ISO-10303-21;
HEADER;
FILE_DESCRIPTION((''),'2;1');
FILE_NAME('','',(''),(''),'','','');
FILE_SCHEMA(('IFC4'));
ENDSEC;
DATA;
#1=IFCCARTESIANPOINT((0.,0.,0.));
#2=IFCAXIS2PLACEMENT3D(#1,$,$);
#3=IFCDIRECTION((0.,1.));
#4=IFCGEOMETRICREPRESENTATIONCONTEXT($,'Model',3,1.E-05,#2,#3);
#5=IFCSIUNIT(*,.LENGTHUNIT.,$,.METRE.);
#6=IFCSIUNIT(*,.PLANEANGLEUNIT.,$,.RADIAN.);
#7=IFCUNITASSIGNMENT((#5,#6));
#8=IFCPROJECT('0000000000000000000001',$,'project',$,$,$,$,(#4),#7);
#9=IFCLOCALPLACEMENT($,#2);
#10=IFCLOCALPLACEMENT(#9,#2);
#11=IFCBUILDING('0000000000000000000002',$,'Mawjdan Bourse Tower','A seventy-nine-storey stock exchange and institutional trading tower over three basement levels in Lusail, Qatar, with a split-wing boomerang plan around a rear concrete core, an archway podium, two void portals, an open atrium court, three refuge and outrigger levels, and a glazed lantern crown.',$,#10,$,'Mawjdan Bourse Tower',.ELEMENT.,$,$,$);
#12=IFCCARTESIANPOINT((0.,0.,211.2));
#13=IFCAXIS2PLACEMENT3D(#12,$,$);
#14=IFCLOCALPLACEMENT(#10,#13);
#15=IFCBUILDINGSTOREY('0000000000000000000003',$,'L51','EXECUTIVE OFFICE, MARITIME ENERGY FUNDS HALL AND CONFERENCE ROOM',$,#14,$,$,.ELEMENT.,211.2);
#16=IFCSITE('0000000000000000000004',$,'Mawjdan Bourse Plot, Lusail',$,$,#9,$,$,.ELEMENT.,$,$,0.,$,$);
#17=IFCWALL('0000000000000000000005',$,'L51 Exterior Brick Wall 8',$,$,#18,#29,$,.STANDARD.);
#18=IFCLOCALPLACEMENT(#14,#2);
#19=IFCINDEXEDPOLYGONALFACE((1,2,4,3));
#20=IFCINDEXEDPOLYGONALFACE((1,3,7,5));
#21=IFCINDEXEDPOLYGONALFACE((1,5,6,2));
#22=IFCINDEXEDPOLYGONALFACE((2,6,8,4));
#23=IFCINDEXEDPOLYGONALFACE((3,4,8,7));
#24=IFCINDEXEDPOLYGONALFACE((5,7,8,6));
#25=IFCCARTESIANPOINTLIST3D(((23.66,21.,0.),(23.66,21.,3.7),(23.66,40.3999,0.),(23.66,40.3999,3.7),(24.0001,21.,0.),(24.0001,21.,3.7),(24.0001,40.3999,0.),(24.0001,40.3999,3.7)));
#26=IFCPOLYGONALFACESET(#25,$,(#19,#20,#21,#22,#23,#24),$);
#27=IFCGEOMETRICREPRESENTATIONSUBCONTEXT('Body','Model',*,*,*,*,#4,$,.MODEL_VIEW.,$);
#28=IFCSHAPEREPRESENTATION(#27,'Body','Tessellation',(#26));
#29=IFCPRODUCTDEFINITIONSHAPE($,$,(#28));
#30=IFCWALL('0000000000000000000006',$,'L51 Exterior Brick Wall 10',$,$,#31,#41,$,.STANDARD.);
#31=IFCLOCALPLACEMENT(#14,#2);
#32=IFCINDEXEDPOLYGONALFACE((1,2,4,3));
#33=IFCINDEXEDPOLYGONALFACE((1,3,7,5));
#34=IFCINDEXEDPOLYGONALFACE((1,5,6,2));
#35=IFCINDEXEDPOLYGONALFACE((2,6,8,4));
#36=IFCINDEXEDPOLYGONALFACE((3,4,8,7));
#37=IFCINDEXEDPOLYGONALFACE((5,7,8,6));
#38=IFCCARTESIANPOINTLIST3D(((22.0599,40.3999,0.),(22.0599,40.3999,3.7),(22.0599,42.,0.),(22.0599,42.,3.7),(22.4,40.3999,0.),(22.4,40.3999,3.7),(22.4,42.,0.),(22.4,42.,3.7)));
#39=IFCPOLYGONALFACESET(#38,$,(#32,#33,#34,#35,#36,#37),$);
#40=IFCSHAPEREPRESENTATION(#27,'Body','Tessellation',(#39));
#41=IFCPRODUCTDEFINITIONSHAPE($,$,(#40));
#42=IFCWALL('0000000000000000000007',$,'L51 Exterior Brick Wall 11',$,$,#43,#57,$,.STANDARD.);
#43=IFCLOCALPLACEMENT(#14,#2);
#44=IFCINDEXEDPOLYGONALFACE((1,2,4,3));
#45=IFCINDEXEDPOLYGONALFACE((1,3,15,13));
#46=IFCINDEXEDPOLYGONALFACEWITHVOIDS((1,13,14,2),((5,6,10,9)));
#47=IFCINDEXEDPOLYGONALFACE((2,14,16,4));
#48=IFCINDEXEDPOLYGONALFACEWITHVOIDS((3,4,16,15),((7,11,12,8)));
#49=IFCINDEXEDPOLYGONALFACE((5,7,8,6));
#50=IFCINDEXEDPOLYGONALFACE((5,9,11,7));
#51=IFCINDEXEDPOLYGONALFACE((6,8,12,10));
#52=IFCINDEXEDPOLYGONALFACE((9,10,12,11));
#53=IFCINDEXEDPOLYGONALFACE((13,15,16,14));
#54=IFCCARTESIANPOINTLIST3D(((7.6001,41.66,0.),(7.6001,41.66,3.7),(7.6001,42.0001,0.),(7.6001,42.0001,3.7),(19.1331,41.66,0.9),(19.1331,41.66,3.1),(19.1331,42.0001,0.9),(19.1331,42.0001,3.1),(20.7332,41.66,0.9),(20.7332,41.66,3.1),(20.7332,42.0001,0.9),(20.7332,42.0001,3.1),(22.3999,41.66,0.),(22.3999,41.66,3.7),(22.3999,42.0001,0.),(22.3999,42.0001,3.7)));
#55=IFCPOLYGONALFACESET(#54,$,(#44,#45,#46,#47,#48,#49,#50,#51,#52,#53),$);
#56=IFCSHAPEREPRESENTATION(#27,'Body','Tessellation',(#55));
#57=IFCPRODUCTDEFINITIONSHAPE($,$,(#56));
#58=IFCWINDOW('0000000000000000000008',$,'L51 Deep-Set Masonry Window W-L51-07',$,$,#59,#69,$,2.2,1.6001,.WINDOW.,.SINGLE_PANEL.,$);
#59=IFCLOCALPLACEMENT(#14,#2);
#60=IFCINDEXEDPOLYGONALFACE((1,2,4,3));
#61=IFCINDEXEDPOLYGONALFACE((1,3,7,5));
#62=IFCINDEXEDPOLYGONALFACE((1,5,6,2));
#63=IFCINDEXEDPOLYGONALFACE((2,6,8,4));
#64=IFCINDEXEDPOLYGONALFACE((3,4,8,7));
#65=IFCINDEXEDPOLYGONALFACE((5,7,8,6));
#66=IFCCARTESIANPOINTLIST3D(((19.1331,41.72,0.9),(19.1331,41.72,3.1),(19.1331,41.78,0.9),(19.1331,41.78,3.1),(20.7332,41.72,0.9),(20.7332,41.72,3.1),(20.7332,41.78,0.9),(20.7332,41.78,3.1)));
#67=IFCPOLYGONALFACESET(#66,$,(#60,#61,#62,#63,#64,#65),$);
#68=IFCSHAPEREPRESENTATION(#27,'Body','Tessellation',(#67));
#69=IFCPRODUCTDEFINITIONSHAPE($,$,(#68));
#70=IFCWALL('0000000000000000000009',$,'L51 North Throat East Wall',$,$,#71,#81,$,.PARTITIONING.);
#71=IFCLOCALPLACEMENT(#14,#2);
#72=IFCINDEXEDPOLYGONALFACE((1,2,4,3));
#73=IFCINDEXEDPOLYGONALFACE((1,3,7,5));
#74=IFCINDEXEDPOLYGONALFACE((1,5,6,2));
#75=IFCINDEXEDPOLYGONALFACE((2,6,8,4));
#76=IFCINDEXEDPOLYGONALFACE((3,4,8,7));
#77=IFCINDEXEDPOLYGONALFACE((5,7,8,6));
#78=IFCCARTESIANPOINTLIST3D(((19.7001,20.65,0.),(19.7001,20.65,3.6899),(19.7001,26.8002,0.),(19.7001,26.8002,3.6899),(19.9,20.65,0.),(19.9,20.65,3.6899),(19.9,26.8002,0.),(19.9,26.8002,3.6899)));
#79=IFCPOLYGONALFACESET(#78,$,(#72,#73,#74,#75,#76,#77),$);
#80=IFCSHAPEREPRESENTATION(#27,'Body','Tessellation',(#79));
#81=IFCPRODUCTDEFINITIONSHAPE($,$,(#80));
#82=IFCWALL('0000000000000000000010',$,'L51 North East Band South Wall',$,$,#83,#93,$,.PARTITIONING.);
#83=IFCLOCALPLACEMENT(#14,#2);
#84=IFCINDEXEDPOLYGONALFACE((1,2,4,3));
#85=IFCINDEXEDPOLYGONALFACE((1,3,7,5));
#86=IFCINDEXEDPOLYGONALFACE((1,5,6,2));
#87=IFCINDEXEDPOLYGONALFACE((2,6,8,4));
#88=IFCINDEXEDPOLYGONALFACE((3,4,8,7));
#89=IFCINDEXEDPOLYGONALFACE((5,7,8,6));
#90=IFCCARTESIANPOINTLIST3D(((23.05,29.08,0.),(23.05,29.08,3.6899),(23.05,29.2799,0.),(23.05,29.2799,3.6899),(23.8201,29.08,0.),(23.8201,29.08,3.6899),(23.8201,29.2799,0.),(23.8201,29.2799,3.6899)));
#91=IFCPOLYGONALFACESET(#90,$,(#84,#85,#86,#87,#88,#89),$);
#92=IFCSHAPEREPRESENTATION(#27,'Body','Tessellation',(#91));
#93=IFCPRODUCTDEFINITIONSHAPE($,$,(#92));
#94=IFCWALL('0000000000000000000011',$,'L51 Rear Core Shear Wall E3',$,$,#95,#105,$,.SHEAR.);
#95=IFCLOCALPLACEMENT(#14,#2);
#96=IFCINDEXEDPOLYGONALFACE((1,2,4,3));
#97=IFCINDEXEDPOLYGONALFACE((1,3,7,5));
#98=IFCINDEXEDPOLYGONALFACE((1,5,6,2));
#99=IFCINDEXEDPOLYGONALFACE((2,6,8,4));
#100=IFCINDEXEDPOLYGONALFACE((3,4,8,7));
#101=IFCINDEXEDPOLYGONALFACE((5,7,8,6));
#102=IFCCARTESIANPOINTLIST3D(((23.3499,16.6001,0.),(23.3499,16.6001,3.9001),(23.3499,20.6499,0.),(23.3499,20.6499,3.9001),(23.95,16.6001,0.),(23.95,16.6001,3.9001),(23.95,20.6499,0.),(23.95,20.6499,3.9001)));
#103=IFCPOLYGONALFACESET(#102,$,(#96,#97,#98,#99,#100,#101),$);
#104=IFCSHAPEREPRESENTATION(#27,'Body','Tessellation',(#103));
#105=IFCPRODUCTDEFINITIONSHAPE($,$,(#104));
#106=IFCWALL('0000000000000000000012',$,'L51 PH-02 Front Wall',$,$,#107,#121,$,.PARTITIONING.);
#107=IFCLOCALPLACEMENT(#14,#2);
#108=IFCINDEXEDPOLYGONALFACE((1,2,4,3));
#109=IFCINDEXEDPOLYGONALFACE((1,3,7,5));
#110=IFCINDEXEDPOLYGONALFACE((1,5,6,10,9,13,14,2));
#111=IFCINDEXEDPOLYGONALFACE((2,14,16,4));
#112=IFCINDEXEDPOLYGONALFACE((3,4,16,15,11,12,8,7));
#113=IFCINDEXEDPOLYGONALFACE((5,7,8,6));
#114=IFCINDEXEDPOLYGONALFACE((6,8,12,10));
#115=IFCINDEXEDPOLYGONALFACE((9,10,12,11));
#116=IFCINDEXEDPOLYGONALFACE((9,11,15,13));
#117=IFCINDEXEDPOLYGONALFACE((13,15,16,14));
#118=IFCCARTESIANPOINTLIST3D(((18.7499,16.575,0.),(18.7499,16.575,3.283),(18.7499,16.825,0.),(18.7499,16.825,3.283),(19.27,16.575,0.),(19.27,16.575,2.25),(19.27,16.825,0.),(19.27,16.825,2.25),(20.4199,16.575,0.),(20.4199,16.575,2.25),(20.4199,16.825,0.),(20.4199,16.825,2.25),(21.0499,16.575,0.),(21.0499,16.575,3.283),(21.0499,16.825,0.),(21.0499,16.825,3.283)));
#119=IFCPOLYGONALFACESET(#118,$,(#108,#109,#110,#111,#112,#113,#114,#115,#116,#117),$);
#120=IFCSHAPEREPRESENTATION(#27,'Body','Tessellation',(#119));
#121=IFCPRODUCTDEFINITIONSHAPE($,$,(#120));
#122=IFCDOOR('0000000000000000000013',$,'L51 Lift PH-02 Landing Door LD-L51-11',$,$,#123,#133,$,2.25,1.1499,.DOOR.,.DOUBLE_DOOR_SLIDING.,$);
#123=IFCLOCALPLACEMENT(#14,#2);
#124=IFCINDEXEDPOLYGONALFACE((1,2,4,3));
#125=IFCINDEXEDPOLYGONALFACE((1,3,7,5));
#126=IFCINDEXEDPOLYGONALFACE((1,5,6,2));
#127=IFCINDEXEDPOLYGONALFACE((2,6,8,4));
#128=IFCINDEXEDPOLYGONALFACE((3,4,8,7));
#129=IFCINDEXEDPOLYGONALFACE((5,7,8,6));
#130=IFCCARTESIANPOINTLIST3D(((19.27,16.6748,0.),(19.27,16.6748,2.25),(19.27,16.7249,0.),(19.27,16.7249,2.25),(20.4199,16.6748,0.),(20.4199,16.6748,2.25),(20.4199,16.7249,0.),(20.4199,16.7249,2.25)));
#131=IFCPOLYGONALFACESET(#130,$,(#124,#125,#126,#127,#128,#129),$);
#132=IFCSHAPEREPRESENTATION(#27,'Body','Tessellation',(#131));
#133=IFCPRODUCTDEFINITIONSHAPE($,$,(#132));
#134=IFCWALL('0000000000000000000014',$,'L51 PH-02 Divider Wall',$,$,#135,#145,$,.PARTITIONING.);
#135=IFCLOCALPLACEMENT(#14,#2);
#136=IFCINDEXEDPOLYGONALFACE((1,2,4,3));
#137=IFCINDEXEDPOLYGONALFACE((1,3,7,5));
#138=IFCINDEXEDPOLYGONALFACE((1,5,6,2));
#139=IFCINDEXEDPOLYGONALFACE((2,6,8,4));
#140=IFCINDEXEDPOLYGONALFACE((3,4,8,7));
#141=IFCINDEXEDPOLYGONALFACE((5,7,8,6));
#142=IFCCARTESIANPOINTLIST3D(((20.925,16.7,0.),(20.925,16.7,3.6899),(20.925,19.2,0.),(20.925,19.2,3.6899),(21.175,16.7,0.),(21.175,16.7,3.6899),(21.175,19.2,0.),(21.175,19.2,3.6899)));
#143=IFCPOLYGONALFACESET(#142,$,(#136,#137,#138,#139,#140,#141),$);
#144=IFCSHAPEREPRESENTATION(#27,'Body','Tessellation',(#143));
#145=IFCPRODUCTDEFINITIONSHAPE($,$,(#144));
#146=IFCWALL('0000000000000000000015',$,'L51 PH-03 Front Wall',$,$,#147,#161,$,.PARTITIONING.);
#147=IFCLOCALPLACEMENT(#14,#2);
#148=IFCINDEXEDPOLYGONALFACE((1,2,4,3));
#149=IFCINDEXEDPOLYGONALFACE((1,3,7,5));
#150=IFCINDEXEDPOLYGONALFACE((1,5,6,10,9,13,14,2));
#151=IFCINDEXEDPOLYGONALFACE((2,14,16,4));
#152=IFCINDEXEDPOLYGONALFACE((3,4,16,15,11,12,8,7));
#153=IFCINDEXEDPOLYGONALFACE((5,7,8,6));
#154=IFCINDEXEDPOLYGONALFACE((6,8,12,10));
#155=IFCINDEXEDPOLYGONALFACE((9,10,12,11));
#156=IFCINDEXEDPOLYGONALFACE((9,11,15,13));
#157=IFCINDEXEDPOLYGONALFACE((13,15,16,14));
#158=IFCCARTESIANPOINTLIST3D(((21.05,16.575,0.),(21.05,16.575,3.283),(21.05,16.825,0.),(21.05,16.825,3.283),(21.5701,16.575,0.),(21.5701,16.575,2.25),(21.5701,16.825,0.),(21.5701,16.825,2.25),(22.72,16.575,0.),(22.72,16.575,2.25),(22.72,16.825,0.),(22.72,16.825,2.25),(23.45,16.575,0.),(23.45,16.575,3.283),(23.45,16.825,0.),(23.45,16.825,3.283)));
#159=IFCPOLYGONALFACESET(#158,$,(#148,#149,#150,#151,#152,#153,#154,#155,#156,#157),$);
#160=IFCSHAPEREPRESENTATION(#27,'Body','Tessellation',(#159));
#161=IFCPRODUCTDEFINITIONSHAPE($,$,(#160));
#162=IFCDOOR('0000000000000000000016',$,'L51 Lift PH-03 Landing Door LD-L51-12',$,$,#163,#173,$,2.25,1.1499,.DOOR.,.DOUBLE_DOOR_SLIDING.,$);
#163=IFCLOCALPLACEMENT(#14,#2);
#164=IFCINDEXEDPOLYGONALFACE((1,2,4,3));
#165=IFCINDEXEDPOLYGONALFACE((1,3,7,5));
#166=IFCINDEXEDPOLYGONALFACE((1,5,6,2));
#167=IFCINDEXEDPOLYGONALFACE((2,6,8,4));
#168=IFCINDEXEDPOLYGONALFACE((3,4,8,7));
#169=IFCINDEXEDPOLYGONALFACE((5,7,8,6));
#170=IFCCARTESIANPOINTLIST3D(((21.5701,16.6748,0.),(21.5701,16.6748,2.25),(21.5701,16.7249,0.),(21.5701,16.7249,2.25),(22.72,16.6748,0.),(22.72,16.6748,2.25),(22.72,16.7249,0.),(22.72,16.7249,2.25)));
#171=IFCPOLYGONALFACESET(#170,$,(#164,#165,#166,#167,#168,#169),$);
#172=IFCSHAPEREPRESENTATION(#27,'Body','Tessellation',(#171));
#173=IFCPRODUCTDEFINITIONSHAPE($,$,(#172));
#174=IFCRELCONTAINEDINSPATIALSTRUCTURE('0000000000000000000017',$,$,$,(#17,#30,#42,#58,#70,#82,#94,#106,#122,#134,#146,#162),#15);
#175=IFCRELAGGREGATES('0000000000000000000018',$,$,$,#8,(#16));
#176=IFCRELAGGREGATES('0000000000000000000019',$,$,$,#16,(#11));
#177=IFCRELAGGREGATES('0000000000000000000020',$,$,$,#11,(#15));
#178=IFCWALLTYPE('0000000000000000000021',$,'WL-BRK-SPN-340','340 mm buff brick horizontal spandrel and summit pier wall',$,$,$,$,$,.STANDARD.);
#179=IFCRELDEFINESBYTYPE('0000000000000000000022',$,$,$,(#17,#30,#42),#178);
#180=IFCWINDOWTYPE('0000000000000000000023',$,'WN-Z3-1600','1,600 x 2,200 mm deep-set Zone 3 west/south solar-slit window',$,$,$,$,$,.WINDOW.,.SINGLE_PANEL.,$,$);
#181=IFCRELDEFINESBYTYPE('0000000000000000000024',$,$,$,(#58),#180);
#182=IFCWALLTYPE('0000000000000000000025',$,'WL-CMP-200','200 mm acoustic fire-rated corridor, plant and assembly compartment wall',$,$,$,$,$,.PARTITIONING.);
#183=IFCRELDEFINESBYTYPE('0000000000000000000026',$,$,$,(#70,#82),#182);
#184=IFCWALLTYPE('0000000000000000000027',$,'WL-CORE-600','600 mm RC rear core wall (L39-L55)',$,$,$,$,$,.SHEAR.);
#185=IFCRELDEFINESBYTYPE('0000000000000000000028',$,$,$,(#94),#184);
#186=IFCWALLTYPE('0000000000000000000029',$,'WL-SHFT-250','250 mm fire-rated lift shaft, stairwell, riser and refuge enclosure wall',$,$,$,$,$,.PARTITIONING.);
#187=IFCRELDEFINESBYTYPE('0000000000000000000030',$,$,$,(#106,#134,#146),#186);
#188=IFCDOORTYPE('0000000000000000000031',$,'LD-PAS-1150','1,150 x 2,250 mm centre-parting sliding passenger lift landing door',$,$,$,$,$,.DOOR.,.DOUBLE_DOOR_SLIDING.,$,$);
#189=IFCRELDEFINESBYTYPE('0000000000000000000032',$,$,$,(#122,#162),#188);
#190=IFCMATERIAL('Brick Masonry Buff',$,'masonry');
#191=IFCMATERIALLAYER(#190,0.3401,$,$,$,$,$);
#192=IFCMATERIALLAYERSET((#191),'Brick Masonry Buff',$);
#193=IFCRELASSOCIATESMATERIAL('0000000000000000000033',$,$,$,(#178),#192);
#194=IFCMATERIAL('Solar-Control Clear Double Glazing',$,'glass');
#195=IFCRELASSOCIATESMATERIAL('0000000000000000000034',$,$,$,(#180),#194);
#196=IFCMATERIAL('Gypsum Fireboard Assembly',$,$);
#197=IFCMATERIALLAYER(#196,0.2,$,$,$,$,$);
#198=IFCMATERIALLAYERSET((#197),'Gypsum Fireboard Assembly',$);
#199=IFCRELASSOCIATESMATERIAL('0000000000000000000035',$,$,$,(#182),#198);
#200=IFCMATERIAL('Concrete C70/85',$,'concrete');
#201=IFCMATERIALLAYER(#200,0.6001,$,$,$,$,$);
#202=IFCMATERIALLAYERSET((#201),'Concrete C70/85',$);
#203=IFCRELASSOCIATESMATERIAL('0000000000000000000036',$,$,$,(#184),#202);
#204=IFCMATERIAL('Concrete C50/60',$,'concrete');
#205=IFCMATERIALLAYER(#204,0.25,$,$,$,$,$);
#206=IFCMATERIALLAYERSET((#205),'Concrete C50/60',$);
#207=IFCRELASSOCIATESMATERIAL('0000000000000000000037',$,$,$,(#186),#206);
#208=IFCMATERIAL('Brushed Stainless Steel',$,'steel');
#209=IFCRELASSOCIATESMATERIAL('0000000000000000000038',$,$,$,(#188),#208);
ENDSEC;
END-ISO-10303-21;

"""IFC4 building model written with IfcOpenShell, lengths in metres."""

from ifc_helpers import new_model, si_unit, direction, frame, frame_2d, origin, place, context, subcontext, project, spatial, rectangle, extrude, material, layer, layer_set, type_object, element, fill, save


model = new_model("IFC4")

# Units and contexts
model_context = context("Model", 3, precision=1e-05, world=origin(), true_north=direction((0.0, 1.0)))
body_context = subcontext(model_context, "Body", "Model", "MODEL_VIEW")
ifc_project = project(units=[si_unit("LENGTHUNIT", "METRE"), si_unit("PLANEANGLEUNIT", "RADIAN")], contexts=[model_context])

# Site, building, storey
site_placement = place(None, origin())
site = spatial("IfcSite", under=ifc_project, at=site_placement, Name="Mawjdan Bourse Plot, Lusail", CompositionType="ELEMENT", RefElevation=0.0)
building_placement = place(site_placement, origin())
building = spatial("IfcBuilding", under=site, at=building_placement, Name="Mawjdan Bourse Tower", Description="A seventy-nine-storey stock exchange and institutional trading tower over three basement levels in Lusail, Qatar, with a split-wing boomerang plan around a rear concrete core, an archway podium, two void portals, an open atrium court, three refuge and outrigger levels, and a glazed lantern crown.", LongName="Mawjdan Bourse Tower", CompositionType="ELEMENT")
storey_placement = place(building_placement, frame((0.0, 0.0, 211.2)))
storey = spatial("IfcBuildingStorey", under=building, at=storey_placement, Name="L51", Description="EXECUTIVE OFFICE, MARITIME ENERGY FUNDS HALL AND CONFERENCE ROOM", CompositionType="ELEMENT", Elevation=211.2)

# Shared definitions
ifc_material_1 = material(Name="Concrete C70/85", Category="concrete")

# Walls
ifc_material_2 = material(Name="Brick Masonry Buff", Category="masonry")
ifc_layer_1 = layer(ifc_material_2, 0.3401)
ifc_layer_set_1 = layer_set([ifc_layer_1], Name="Brick Masonry Buff")
wall_type_1 = type_object("IfcWallType", Name="WL-BRK-SPN-340", Description="340 mm buff brick horizontal spandrel and summit pier wall", PredefinedType="STANDARD", material=ifc_layer_set_1)
wall_1_placement = place(storey_placement, frame((23.8301, 21.0, 0.0), z_axis=(0.0, 0.0, 1.0), x_axis=(0.0, 1.0, 0.0)))
element("IfcWall", 1, at=wall_1_placement, inside=storey, type_object=wall_type_1, Name="L51 Exterior Brick Wall 8", PredefinedType="STANDARD", context=body_context, shape_type="SweptSolid", body=[
    extrude(rectangle(XDim=19.3999, YDim=0.3401, at=frame_2d((9.7, 0.0))), origin(), (0.0, 0.0, 1.0), 3.7),
])
wall_2_placement = place(storey_placement, frame((22.23, 40.3999, 0.0), z_axis=(0.0, 0.0, 1.0), x_axis=(0.0, 1.0, 0.0)))
element("IfcWall", 2, at=wall_2_placement, inside=storey, type_object=wall_type_1, Name="L51 Exterior Brick Wall 10", PredefinedType="STANDARD", context=body_context, shape_type="SweptSolid", body=[
    extrude(rectangle(XDim=1.6001, YDim=0.3401, at=frame_2d((0.8, 0.0))), origin(), (0.0, 0.0, 1.0), 3.7),
])

# Wall, opening, window
wall_3_placement = place(storey_placement, frame((22.3999, 41.8301, 0.0), z_axis=(0.0, 0.0, 1.0), x_axis=(-1.0, 0.0, 0.0)))
wall_3 = element("IfcWall", 3, at=wall_3_placement, inside=storey, type_object=wall_type_1, Name="L51 Exterior Brick Wall 11", PredefinedType="STANDARD", context=body_context, shape_type="SweptSolid", body=[
    extrude(rectangle(XDim=14.7998, YDim=0.3401, at=frame_2d((7.3999, 0.0))), origin(), (0.0, 0.0, 1.0), 3.7),
])
opening_1_placement = place(wall_3_placement, frame((1.6667, 0.0, 0.8999)))
opening_1 = element("IfcOpeningElement", 4, at=opening_1_placement, cuts=wall_3, PredefinedType="OPENING", context=body_context, shape_type="SweptSolid", body=[
    extrude(rectangle(XDim=1.6001, YDim=2.2, at=frame_2d((0.8, 1.1001))), frame((0.0, 0.1802, 0.0), z_axis=(0.0, -1.0, 0.0), x_axis=(1.0, 0.0, 0.0)), (0.0, 0.0, 1.0), 0.3601),
])
ifc_material_3 = material(Name="Solar-Control Clear Double Glazing", Category="glass")
window_type = type_object("IfcWindowType", Name="WN-Z3-1600", Description="1,600 x 2,200 mm deep-set Zone 3 west/south solar-slit window", PartitioningType="SINGLE_PANEL", PredefinedType="WINDOW", material=ifc_material_3)
window_placement = place(opening_1_placement, origin())
window = element("IfcWindow", 5, at=window_placement, inside=storey, type_object=window_type, Name="L51 Deep-Set Masonry Window W-L51-07", OverallHeight=2.2, OverallWidth=1.6001, PartitioningType="SINGLE_PANEL", PredefinedType="WINDOW", context=body_context, shape_type="SweptSolid", body=[
    extrude(rectangle(XDim=1.6001, YDim=2.2, at=frame_2d((0.8, 1.1001))), frame((0.0, 0.1101, 0.0), z_axis=(0.0, -1.0, 0.0), x_axis=(1.0, 0.0, 0.0)), (0.0, 0.0, 1.0), 0.0601),
])
fill(opening_1, window)

# Shared definitions
ifc_material_4 = material(Name="Gypsum Fireboard Assembly")
ifc_layer_2 = layer(ifc_material_4, 0.2)
ifc_layer_set_2 = layer_set([ifc_layer_2], Name="Gypsum Fireboard Assembly")
wall_type_2 = type_object("IfcWallType", Name="WL-CMP-200", Description="200 mm acoustic fire-rated corridor, plant and assembly compartment wall", PredefinedType="PARTITIONING", material=ifc_layer_set_2)

# Walls
wall_4_placement = place(storey_placement, frame((19.8, 20.6499, 0.0), z_axis=(0.0, 0.0, 1.0), x_axis=(0.0, 1.0, 0.0)))
element("IfcWall", 6, at=wall_4_placement, inside=storey, type_object=wall_type_2, Name="L51 North Throat East Wall", PredefinedType="PARTITIONING", context=body_context, shape_type="SweptSolid", body=[
    extrude(rectangle(XDim=6.1501, YDim=0.2, at=frame_2d((3.0752, 0.0))), origin(), (0.0, 0.0, 1.0), 3.6899),
])
wall_5_placement = place(storey_placement, frame((23.05, 29.1799, 0.0), z_axis=(0.0, 0.0, 1.0), x_axis=(1.0, 0.0, 0.0)))
element("IfcWall", 7, at=wall_5_placement, inside=storey, type_object=wall_type_2, Name="L51 North East Band South Wall", PredefinedType="PARTITIONING", context=body_context, shape_type="SweptSolid", body=[
    extrude(rectangle(XDim=0.77, YDim=0.2, at=frame_2d((0.385, 0.0))), origin(), (0.0, 0.0, 1.0), 3.6899),
])

# Wall
ifc_layer_3 = layer(ifc_material_1, 0.6001)
ifc_layer_set_3 = layer_set([ifc_layer_3], Name="Concrete C70/85")
wall_type_3 = type_object("IfcWallType", Name="WL-CORE-600", Description="600 mm RC rear core wall (L39-L55)", PredefinedType="SHEAR", material=ifc_layer_set_3)
wall_6_placement = place(storey_placement, frame((23.6499, 16.6001, 0.0), z_axis=(0.0, 0.0, 1.0), x_axis=(0.0, 1.0, 0.0)))
element("IfcWall", 8, at=wall_6_placement, inside=storey, type_object=wall_type_3, Name="L51 Rear Core Shear Wall E3", PredefinedType="SHEAR", context=body_context, shape_type="SweptSolid", body=[
    extrude(rectangle(XDim=4.0498, YDim=0.6001, at=frame_2d((2.0249, 0.0))), origin(), (0.0, 0.0, 1.0), 3.9001),
])

# Wall, opening, door
ifc_material_5 = material(Name="Concrete C50/60", Category="concrete")
ifc_layer_4 = layer(ifc_material_5, 0.25)
ifc_layer_set_4 = layer_set([ifc_layer_4], Name="Concrete C50/60")
wall_type_4 = type_object("IfcWallType", Name="WL-SHFT-250", Description="250 mm fire-rated lift shaft, stairwell, riser and refuge enclosure wall", PredefinedType="PARTITIONING", material=ifc_layer_set_4)
wall_7_placement = place(storey_placement, frame((18.75, 16.7, 0.0), z_axis=(0.0, 0.0, 1.0), x_axis=(1.0, 0.0, 0.0)))
wall_7 = element("IfcWall", 9, at=wall_7_placement, inside=storey, type_object=wall_type_4, Name="L51 PH-02 Front Wall", PredefinedType="PARTITIONING", context=body_context, shape_type="SweptSolid", body=[
    extrude(rectangle(XDim=2.3, YDim=0.25, at=frame_2d((1.1499, 0.0))), origin(), (0.0, 0.0, 1.0), 3.283),
])
opening_2_placement = place(wall_7_placement, frame((0.52, 0.0, 0.0)))
opening_2 = element("IfcOpeningElement", 10, at=opening_2_placement, cuts=wall_7, PredefinedType="OPENING", context=body_context, shape_type="SweptSolid", body=[
    extrude(rectangle(XDim=1.1499, YDim=2.25, at=frame_2d((0.575, 1.125))), frame((0.0, 0.135, 0.0), z_axis=(0.0, -1.0, 0.0), x_axis=(1.0, 0.0, 0.0)), (0.0, 0.0, 1.0), 0.27),
])
ifc_material_6 = material(Name="Brushed Stainless Steel", Category="steel")
door_type_1 = type_object("IfcDoorType", Name="LD-PAS-1150", Description="1,150 x 2,250 mm centre-parting sliding passenger lift landing door", OperationType="DOUBLE_DOOR_SLIDING", PredefinedType="DOOR", material=ifc_material_6)
door_1_placement = place(opening_2_placement, origin())
door_1 = element("IfcDoor", 11, at=door_1_placement, inside=storey, type_object=door_type_1, Name="L51 Lift PH-02 Landing Door LD-L51-11", OperationType="DOUBLE_DOOR_SLIDING", OverallHeight=2.25, OverallWidth=1.1499, PredefinedType="DOOR", context=body_context, shape_type="SweptSolid", body=[
    extrude(rectangle(XDim=1.1499, YDim=2.25, at=frame_2d((0.575, 1.125))), frame((0.0, 0.0249, 0.0), z_axis=(0.0, -1.0, 0.0), x_axis=(1.0, 0.0, 0.0)), (0.0, 0.0, 1.0), 0.05),
])
fill(opening_2, door_1)

# Wall
wall_8_placement = place(storey_placement, frame((21.05, 16.7, 0.0), z_axis=(0.0, 0.0, 1.0), x_axis=(0.0, 1.0, 0.0)))
element("IfcWall", 12, at=wall_8_placement, inside=storey, type_object=wall_type_4, Name="L51 PH-02 Divider Wall", PredefinedType="PARTITIONING", context=body_context, shape_type="SweptSolid", body=[
    extrude(rectangle(XDim=2.5, YDim=0.25, at=frame_2d((1.25, 0.0))), origin(), (0.0, 0.0, 1.0), 3.6899),
])

# Wall, opening, door
wall_9_placement = place(storey_placement, frame((21.05, 16.7, 0.0), z_axis=(0.0, 0.0, 1.0), x_axis=(1.0, 0.0, 0.0)))
wall_9 = element("IfcWall", 13, at=wall_9_placement, inside=storey, type_object=wall_type_4, Name="L51 PH-03 Front Wall", PredefinedType="PARTITIONING", context=body_context, shape_type="SweptSolid", body=[
    extrude(rectangle(XDim=2.3999, YDim=0.25, at=frame_2d((1.2, 0.0))), origin(), (0.0, 0.0, 1.0), 3.283),
])
opening_3_placement = place(wall_9_placement, frame((0.52, 0.0, 0.0)))
opening_3 = element("IfcOpeningElement", 14, at=opening_3_placement, cuts=wall_9, PredefinedType="OPENING", context=body_context, shape_type="SweptSolid", body=[
    extrude(rectangle(XDim=1.1499, YDim=2.25, at=frame_2d((0.575, 1.125))), frame((0.0, 0.135, 0.0), z_axis=(0.0, -1.0, 0.0), x_axis=(1.0, 0.0, 0.0)), (0.0, 0.0, 1.0), 0.27),
])
door_2_placement = place(opening_3_placement, origin())
door_2 = element("IfcDoor", 15, at=door_2_placement, inside=storey, type_object=door_type_1, Name="L51 Lift PH-03 Landing Door LD-L51-12", OperationType="DOUBLE_DOOR_SLIDING", OverallHeight=2.25, OverallWidth=1.1499, PredefinedType="DOOR", context=body_context, shape_type="SweptSolid", body=[
    extrude(rectangle(XDim=1.1499, YDim=2.25, at=frame_2d((0.575, 1.125))), frame((0.0, 0.0249, 0.0), z_axis=(0.0, -1.0, 0.0), x_axis=(1.0, 0.0, 0.0)), (0.0, 0.0, 1.0), 0.05),
])
fill(opening_3, door_2)

save(model, "model.ifc")
